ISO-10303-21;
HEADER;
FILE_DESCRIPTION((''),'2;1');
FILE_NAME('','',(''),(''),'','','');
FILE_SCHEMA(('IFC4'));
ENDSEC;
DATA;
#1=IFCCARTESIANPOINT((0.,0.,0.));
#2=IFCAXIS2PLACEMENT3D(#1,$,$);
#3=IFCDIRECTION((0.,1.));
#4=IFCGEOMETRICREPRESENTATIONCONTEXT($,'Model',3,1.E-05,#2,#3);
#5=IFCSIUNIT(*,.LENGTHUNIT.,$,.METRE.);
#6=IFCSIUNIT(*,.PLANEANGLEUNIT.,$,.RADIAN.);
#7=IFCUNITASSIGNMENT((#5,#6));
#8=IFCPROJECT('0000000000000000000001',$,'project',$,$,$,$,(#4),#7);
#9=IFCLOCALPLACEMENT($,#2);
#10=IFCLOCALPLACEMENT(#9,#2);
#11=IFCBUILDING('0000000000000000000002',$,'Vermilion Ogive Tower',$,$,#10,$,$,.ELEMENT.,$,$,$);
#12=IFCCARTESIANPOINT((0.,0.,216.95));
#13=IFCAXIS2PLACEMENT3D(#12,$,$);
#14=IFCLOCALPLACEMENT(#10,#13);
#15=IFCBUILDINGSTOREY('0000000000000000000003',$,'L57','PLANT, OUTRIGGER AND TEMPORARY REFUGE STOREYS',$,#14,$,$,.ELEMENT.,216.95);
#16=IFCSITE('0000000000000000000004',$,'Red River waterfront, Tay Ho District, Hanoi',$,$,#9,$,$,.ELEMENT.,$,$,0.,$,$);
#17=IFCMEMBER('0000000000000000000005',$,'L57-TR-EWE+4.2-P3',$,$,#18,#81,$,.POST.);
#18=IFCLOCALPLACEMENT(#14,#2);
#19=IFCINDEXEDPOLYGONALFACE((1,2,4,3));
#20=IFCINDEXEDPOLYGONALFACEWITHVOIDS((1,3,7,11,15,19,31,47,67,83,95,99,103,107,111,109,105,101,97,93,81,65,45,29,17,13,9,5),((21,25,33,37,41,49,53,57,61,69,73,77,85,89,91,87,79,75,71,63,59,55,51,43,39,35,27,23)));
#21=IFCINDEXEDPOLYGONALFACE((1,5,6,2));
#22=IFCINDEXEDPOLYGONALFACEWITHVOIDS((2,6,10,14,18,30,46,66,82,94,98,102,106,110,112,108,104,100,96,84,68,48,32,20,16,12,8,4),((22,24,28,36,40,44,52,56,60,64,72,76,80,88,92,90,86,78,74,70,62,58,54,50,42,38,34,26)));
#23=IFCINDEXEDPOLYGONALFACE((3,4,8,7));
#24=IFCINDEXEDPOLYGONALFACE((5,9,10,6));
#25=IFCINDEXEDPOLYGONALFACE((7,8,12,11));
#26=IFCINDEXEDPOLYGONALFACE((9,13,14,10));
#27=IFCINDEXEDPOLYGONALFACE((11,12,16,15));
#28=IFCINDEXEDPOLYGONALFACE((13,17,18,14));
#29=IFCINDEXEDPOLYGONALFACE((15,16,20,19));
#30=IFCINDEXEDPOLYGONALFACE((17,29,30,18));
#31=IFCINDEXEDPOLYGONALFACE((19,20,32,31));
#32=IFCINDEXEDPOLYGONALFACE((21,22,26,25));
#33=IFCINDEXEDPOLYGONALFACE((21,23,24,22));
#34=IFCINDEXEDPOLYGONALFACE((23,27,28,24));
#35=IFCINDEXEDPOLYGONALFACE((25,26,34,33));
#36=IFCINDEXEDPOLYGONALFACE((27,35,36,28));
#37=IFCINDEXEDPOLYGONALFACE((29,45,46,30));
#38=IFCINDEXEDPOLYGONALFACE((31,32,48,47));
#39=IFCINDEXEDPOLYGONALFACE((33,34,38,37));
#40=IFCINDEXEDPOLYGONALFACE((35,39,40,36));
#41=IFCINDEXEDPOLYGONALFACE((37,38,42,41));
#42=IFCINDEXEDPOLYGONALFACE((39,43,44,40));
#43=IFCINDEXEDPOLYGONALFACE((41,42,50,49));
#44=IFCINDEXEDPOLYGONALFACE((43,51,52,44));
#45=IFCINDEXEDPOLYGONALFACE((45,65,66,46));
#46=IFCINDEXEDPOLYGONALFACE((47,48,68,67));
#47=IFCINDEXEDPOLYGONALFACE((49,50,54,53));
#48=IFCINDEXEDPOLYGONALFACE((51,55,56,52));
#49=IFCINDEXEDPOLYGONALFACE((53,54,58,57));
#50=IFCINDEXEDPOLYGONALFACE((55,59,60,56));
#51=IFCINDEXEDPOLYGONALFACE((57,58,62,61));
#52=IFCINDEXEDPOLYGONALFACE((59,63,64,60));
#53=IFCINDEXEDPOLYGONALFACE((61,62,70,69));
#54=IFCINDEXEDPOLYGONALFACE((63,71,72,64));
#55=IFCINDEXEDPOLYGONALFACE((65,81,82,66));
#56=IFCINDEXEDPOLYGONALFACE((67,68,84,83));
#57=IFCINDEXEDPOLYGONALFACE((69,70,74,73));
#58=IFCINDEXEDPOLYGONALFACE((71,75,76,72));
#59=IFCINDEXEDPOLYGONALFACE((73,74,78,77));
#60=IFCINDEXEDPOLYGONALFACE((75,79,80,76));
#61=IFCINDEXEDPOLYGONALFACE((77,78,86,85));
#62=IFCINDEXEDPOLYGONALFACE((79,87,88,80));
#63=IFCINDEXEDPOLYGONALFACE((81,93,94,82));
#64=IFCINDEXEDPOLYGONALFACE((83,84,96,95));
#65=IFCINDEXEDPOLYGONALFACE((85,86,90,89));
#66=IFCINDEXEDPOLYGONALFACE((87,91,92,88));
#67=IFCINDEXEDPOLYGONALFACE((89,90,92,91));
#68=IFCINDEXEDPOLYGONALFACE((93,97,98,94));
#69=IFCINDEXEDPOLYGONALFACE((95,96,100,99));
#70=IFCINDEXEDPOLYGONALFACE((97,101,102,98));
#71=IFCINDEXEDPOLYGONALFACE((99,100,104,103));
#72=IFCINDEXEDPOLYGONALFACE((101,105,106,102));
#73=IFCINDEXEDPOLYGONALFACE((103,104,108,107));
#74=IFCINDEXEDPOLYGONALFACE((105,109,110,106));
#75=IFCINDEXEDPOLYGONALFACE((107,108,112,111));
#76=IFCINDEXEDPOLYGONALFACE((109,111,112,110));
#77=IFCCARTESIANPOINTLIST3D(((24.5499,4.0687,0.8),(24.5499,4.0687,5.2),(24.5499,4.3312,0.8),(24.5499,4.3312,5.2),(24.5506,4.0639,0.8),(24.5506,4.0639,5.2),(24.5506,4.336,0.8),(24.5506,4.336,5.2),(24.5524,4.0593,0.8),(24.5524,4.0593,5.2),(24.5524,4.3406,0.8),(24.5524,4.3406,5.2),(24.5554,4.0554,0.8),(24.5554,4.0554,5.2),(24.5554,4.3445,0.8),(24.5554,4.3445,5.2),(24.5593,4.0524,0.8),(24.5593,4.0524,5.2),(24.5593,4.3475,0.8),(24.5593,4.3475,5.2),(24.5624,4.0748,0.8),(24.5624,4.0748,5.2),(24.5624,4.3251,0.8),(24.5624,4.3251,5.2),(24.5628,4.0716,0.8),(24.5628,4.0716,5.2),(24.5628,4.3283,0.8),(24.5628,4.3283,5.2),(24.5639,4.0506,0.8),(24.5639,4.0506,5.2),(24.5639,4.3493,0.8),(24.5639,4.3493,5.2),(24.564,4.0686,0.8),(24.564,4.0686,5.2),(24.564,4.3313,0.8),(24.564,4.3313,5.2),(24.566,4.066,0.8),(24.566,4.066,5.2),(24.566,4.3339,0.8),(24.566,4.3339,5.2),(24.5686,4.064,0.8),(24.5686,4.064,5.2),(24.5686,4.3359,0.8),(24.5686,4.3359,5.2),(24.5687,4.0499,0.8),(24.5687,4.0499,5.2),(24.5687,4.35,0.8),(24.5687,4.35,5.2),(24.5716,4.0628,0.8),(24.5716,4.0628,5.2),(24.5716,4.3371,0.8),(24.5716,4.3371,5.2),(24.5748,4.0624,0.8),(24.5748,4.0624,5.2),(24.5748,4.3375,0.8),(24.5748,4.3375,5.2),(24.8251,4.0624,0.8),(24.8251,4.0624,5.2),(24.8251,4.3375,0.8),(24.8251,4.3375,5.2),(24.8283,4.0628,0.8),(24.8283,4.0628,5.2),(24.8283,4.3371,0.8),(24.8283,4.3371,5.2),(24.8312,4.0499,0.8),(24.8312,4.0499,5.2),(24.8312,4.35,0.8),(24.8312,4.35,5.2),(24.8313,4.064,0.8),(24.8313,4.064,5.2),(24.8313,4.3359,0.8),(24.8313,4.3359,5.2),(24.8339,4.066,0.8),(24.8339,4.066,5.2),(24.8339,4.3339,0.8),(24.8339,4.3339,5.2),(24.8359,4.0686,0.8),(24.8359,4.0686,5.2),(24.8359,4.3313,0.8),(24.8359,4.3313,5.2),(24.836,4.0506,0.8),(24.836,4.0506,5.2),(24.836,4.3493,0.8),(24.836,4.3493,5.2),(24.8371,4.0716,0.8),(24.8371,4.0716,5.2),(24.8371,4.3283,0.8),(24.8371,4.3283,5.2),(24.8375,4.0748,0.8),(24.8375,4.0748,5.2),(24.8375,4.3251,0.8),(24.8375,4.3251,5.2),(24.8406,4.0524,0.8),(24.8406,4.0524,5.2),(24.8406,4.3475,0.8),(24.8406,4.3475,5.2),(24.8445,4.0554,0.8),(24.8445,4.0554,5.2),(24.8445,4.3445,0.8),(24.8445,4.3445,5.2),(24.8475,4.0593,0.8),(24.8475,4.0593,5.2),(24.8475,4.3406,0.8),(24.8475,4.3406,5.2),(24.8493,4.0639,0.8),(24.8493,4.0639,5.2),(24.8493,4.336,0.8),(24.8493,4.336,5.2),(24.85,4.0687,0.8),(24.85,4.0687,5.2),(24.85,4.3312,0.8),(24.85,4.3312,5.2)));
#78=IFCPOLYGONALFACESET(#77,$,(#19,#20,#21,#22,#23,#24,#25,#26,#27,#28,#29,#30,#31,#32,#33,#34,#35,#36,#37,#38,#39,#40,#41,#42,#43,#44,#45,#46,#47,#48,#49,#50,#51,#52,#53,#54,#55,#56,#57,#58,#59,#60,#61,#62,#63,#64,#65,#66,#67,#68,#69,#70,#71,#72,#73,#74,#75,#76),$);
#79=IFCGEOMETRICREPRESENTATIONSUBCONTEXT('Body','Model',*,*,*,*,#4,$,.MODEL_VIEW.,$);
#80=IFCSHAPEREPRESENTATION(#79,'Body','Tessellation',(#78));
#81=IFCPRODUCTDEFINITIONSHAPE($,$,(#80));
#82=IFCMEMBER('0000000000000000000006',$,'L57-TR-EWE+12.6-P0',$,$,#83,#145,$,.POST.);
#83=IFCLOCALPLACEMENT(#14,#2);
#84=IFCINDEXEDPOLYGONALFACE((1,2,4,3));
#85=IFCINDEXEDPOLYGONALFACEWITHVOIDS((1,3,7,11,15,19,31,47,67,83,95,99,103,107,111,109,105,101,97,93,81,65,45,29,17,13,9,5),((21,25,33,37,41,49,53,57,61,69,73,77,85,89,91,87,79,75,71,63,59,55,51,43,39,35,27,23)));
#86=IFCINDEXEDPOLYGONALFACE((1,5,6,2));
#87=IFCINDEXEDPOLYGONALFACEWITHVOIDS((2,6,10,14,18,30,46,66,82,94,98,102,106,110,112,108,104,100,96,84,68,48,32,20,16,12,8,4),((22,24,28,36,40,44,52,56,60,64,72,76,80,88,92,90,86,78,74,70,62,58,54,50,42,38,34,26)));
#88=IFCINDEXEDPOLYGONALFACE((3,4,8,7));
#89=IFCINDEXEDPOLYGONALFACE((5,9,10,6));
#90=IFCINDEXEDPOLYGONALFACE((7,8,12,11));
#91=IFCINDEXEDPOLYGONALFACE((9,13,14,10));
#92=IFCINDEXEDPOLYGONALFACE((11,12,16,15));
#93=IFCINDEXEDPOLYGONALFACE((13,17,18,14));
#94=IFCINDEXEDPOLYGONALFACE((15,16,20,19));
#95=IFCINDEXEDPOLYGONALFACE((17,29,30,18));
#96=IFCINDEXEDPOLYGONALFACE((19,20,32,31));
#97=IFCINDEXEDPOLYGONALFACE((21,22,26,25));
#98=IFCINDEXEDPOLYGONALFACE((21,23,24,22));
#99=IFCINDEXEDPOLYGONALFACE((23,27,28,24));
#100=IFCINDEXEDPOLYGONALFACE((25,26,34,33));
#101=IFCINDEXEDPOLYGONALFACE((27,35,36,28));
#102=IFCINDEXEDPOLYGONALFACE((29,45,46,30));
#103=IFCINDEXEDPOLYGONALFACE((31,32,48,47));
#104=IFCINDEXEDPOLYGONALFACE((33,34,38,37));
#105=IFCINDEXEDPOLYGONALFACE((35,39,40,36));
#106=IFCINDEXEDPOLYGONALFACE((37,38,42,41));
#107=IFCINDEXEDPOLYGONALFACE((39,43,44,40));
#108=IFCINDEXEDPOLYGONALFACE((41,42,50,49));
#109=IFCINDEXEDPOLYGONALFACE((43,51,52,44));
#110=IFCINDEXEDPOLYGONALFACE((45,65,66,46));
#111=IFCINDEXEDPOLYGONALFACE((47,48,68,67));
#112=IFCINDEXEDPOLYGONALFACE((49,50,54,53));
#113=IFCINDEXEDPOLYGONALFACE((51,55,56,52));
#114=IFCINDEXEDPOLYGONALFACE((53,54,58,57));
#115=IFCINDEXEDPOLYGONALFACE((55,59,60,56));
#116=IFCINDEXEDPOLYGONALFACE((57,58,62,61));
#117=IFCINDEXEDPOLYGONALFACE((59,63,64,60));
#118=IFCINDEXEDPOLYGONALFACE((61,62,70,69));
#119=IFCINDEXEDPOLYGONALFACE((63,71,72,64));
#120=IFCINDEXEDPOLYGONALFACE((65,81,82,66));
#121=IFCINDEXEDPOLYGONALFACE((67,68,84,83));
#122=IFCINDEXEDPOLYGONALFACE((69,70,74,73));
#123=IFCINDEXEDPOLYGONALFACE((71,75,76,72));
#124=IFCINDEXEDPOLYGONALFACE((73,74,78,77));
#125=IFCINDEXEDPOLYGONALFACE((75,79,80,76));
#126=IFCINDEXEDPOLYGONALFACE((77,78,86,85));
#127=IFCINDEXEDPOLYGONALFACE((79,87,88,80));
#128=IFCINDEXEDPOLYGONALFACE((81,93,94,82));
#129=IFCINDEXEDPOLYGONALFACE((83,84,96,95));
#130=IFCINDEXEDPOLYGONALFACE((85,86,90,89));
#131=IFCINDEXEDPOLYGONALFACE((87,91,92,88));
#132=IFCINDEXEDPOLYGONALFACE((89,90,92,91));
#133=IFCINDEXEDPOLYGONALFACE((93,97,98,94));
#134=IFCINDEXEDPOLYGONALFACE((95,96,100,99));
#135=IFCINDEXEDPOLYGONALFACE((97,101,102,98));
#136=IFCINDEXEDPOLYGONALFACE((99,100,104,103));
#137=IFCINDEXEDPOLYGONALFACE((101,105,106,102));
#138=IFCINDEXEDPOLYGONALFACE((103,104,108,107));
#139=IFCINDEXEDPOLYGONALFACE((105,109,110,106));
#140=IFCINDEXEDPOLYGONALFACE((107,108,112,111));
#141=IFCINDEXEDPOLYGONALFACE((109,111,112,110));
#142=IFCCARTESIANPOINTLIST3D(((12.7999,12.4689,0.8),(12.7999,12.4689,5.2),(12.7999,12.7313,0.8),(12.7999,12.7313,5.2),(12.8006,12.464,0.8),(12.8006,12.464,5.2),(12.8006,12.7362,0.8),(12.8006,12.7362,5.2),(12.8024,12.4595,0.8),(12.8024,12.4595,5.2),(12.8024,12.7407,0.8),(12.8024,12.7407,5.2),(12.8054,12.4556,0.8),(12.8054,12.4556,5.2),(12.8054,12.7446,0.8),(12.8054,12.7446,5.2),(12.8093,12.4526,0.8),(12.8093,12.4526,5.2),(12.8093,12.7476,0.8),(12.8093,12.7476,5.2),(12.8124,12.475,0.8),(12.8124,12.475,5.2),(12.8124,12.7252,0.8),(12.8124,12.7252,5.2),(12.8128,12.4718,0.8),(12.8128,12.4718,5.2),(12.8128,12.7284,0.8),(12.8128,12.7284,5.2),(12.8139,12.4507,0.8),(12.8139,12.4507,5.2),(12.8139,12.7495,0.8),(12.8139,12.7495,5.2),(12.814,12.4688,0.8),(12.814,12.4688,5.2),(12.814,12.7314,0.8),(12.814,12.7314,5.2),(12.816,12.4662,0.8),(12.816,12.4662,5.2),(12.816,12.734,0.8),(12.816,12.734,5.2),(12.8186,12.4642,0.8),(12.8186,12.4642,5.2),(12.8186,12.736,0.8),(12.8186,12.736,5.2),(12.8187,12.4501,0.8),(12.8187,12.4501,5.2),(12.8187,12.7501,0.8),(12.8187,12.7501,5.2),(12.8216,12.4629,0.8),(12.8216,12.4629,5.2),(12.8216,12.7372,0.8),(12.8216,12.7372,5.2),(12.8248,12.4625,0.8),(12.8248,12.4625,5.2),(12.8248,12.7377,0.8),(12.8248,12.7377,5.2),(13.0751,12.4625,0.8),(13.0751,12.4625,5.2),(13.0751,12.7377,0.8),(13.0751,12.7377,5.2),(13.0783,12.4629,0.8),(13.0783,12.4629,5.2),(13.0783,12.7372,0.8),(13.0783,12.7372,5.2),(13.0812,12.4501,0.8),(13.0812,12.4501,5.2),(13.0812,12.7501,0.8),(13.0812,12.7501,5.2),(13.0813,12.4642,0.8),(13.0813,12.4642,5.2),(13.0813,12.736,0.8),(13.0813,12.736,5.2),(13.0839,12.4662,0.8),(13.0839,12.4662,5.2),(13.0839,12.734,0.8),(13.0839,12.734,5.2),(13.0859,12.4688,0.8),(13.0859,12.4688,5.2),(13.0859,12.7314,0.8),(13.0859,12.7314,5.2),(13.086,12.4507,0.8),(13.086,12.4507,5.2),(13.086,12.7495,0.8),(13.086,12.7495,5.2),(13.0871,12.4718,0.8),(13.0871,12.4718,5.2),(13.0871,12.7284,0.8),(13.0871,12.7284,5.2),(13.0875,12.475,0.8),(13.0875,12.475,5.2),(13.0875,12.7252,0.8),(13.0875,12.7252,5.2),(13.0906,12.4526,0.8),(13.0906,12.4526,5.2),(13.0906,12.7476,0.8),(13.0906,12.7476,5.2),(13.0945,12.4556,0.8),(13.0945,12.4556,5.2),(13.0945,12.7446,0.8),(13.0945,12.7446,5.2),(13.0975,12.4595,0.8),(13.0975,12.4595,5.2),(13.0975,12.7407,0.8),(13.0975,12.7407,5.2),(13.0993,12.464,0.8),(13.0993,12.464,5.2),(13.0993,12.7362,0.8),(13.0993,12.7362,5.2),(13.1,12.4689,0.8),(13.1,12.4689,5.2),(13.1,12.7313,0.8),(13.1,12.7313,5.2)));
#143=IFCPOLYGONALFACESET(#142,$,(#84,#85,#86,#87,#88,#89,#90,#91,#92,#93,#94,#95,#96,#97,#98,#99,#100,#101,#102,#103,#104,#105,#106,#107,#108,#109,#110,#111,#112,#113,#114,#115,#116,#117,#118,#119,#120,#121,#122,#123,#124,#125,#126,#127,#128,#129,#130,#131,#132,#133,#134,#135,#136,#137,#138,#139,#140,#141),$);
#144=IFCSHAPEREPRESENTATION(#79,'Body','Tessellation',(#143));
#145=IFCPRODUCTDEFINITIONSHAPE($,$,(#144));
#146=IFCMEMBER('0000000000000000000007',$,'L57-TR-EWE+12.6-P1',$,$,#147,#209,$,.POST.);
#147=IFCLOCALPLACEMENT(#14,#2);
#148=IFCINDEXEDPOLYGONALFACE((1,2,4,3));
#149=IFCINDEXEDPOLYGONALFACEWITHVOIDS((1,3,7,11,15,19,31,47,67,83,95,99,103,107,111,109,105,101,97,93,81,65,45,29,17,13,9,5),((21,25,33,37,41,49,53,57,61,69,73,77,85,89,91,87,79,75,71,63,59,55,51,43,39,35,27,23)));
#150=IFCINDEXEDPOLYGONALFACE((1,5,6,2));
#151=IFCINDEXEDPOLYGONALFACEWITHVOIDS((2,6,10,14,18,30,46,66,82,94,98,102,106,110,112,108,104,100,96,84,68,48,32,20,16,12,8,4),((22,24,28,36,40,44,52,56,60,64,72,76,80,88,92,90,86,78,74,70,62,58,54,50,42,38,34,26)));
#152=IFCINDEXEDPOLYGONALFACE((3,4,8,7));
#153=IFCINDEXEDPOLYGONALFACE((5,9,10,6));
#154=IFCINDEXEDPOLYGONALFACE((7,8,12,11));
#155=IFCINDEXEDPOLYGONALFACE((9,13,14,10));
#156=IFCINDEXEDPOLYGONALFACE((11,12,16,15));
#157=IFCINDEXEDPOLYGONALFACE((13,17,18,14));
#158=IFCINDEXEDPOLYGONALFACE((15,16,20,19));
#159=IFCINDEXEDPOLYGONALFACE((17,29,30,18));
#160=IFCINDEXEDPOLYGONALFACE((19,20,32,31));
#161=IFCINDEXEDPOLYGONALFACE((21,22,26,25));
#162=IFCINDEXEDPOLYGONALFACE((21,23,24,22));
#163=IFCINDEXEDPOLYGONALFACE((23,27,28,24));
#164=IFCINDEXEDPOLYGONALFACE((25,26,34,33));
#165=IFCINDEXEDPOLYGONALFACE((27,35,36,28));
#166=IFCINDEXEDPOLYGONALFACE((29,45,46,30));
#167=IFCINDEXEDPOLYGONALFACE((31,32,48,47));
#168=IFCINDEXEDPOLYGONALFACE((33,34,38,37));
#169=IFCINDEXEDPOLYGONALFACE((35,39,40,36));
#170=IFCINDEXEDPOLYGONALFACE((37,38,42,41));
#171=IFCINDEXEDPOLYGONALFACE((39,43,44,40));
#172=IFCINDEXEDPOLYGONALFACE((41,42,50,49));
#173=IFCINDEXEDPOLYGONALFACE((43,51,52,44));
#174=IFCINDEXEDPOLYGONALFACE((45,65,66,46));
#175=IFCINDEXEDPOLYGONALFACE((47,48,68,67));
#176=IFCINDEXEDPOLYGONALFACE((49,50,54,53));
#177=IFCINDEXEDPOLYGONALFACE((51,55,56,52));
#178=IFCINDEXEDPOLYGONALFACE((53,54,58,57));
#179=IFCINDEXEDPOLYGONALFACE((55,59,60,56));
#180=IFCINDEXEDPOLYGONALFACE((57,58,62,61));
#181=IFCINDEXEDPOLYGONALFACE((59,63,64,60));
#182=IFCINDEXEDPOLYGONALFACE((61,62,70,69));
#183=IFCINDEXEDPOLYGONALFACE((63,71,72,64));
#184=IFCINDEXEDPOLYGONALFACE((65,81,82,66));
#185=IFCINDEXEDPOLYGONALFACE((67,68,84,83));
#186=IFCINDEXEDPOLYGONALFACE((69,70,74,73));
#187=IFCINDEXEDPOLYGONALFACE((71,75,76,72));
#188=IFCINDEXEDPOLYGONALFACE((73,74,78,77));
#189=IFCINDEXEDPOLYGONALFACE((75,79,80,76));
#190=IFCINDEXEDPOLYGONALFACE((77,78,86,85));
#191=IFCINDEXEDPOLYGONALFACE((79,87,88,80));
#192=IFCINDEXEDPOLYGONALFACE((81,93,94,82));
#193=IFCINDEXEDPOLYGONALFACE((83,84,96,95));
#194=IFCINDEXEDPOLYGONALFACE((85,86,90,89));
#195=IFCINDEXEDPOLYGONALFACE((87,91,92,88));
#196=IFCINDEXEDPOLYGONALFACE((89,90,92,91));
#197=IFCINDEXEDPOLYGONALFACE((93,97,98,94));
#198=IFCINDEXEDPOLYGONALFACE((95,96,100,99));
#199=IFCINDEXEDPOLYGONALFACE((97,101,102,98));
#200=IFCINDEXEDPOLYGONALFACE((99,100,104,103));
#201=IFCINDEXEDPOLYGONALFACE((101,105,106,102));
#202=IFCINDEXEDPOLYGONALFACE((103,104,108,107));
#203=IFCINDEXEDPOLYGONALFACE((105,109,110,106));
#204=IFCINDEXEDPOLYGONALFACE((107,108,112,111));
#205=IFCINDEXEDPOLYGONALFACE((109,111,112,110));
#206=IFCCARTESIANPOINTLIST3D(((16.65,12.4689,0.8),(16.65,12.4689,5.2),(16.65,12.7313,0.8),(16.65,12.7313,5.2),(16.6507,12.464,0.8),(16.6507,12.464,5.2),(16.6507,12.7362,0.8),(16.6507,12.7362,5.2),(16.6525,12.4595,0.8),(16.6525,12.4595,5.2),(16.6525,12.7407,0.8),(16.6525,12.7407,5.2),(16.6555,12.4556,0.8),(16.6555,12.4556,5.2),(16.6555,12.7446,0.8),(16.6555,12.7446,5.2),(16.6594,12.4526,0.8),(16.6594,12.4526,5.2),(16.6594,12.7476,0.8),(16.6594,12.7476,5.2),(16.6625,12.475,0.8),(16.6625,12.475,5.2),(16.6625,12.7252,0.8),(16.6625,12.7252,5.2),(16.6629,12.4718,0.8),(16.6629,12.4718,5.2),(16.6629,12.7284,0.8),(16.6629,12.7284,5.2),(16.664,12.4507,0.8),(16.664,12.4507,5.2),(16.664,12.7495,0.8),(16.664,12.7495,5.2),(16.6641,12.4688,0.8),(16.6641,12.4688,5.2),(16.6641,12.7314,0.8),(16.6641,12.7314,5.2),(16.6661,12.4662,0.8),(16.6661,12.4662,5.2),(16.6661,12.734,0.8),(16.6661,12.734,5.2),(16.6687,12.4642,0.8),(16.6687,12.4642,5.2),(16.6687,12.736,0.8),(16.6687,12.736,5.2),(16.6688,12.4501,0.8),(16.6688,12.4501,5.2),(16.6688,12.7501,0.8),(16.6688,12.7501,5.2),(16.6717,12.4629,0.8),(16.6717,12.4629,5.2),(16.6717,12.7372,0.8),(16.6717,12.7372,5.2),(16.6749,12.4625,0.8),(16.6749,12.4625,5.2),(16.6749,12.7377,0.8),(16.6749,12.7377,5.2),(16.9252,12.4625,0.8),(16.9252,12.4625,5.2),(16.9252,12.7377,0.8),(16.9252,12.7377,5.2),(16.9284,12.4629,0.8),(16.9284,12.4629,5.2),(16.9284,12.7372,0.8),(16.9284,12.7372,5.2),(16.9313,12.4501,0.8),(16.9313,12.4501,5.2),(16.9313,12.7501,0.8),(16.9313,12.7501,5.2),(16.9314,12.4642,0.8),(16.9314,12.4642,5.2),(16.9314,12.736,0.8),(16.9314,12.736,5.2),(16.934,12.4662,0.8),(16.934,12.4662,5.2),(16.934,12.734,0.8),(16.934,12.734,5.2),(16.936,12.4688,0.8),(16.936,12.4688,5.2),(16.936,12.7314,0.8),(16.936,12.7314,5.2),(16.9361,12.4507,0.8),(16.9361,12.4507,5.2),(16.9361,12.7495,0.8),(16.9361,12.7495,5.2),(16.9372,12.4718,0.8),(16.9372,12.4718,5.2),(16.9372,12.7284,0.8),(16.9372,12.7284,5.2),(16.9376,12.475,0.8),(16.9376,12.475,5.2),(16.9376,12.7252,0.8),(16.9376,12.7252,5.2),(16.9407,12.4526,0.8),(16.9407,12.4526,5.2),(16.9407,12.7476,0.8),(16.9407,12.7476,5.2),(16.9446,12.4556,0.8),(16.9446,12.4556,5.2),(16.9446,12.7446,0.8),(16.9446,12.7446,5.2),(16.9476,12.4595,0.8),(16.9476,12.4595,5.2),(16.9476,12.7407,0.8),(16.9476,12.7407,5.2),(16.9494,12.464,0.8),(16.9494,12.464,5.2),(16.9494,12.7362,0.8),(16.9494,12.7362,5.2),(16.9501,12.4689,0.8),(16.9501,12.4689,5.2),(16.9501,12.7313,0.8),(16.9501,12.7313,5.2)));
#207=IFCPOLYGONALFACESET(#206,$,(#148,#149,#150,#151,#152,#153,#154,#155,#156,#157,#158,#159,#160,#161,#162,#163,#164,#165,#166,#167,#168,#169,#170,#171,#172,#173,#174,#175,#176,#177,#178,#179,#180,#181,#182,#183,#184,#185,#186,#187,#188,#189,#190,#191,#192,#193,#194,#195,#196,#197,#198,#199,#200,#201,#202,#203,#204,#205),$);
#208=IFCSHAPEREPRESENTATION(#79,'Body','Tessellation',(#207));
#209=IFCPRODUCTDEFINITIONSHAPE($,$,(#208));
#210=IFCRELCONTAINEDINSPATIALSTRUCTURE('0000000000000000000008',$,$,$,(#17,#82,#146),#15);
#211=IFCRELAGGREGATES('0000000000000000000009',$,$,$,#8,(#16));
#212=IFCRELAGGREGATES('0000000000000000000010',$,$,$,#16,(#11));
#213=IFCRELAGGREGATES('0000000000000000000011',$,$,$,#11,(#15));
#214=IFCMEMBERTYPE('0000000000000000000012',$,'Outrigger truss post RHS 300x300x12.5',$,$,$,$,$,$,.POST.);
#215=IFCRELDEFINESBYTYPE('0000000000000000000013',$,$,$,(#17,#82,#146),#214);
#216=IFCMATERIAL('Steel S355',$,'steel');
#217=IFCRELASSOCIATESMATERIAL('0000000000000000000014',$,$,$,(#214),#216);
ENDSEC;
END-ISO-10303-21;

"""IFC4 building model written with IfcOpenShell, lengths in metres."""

from ifc_helpers import new_model, si_unit, direction, frame, origin, origin_2d, place, context, subcontext, project, spatial, hollow_rectangle, extrude, material, material_profile, profile_set, type_object, element, save


model = new_model("IFC4")

# Units and contexts
model_context = context("Model", 3, precision=1e-05, world=origin(), true_north=direction((0.0, 1.0)))
body_context = subcontext(model_context, "Body", "Model", "MODEL_VIEW")
ifc_project = project(units=[si_unit("LENGTHUNIT", "METRE"), si_unit("PLANEANGLEUNIT", "RADIAN")], contexts=[model_context])

# Site, building, storey
site_placement = place(None, origin())
site = spatial("IfcSite", under=ifc_project, at=site_placement, Name="Red River waterfront, Tay Ho District, Hanoi", CompositionType="ELEMENT", RefElevation=0.0)
building_placement = place(site_placement, origin())
building = spatial("IfcBuilding", under=site, at=building_placement, Name="Vermilion Ogive Tower", CompositionType="ELEMENT")
storey_placement = place(building_placement, frame((0.0, 0.0, 216.95)))
storey = spatial("IfcBuildingStorey", under=building, at=storey_placement, Name="L57", Description="PLANT, OUTRIGGER AND TEMPORARY REFUGE STOREYS", CompositionType="ELEMENT", Elevation=216.95)

# Members
ifc_material_1 = material(Name="Steel S355", Category="steel")
ifc_material_profile_1 = material_profile(ifc_material_1, hollow_rectangle(XDim=0.3, YDim=0.3, WallThickness=0.0125, InnerFilletRadius=0.0125, OuterFilletRadius=0.0188, at=origin_2d()), Name="RHS 300x300x12.5")
ifc_profile_set_1 = profile_set([ifc_material_profile_1], Name="Steel S355")
member_type_1 = type_object("IfcMemberType", Name="Outrigger truss post RHS 300x300x12.5", PredefinedType="POST", material=ifc_profile_set_1)
for number, where, z_axis, x_axis, name in (
    (1, (24.7, 4.2, 0.8), (0.0, 0.0, 1.0), (1.0, 0.0, 0.0), "L57-TR-EWE+4.2-P3"),
    (2, (12.95, 12.6001, 0.8), (0.0, 0.0, 1.0), (1.0, 0.0, 0.0), "L57-TR-EWE+12.6-P0"),
    (3, (16.8, 12.6001, 0.8), (0.0, 0.0, 1.0), (1.0, 0.0, 0.0), "L57-TR-EWE+12.6-P1"),
):
    element("IfcMember", number, at=place(storey_placement, frame(where, z_axis=z_axis, x_axis=x_axis)), inside=storey, type_object=member_type_1, Name=name, PredefinedType="POST", context=body_context, shape_type="SweptSolid", body=[
        extrude(hollow_rectangle(XDim=0.3, YDim=0.3, WallThickness=0.0125, InnerFilletRadius=0.0125, OuterFilletRadius=0.0188, at=origin_2d()), origin(), (0.0, 0.0, 1.0), 4.3999),
    ])

save(model, "model.ifc")
